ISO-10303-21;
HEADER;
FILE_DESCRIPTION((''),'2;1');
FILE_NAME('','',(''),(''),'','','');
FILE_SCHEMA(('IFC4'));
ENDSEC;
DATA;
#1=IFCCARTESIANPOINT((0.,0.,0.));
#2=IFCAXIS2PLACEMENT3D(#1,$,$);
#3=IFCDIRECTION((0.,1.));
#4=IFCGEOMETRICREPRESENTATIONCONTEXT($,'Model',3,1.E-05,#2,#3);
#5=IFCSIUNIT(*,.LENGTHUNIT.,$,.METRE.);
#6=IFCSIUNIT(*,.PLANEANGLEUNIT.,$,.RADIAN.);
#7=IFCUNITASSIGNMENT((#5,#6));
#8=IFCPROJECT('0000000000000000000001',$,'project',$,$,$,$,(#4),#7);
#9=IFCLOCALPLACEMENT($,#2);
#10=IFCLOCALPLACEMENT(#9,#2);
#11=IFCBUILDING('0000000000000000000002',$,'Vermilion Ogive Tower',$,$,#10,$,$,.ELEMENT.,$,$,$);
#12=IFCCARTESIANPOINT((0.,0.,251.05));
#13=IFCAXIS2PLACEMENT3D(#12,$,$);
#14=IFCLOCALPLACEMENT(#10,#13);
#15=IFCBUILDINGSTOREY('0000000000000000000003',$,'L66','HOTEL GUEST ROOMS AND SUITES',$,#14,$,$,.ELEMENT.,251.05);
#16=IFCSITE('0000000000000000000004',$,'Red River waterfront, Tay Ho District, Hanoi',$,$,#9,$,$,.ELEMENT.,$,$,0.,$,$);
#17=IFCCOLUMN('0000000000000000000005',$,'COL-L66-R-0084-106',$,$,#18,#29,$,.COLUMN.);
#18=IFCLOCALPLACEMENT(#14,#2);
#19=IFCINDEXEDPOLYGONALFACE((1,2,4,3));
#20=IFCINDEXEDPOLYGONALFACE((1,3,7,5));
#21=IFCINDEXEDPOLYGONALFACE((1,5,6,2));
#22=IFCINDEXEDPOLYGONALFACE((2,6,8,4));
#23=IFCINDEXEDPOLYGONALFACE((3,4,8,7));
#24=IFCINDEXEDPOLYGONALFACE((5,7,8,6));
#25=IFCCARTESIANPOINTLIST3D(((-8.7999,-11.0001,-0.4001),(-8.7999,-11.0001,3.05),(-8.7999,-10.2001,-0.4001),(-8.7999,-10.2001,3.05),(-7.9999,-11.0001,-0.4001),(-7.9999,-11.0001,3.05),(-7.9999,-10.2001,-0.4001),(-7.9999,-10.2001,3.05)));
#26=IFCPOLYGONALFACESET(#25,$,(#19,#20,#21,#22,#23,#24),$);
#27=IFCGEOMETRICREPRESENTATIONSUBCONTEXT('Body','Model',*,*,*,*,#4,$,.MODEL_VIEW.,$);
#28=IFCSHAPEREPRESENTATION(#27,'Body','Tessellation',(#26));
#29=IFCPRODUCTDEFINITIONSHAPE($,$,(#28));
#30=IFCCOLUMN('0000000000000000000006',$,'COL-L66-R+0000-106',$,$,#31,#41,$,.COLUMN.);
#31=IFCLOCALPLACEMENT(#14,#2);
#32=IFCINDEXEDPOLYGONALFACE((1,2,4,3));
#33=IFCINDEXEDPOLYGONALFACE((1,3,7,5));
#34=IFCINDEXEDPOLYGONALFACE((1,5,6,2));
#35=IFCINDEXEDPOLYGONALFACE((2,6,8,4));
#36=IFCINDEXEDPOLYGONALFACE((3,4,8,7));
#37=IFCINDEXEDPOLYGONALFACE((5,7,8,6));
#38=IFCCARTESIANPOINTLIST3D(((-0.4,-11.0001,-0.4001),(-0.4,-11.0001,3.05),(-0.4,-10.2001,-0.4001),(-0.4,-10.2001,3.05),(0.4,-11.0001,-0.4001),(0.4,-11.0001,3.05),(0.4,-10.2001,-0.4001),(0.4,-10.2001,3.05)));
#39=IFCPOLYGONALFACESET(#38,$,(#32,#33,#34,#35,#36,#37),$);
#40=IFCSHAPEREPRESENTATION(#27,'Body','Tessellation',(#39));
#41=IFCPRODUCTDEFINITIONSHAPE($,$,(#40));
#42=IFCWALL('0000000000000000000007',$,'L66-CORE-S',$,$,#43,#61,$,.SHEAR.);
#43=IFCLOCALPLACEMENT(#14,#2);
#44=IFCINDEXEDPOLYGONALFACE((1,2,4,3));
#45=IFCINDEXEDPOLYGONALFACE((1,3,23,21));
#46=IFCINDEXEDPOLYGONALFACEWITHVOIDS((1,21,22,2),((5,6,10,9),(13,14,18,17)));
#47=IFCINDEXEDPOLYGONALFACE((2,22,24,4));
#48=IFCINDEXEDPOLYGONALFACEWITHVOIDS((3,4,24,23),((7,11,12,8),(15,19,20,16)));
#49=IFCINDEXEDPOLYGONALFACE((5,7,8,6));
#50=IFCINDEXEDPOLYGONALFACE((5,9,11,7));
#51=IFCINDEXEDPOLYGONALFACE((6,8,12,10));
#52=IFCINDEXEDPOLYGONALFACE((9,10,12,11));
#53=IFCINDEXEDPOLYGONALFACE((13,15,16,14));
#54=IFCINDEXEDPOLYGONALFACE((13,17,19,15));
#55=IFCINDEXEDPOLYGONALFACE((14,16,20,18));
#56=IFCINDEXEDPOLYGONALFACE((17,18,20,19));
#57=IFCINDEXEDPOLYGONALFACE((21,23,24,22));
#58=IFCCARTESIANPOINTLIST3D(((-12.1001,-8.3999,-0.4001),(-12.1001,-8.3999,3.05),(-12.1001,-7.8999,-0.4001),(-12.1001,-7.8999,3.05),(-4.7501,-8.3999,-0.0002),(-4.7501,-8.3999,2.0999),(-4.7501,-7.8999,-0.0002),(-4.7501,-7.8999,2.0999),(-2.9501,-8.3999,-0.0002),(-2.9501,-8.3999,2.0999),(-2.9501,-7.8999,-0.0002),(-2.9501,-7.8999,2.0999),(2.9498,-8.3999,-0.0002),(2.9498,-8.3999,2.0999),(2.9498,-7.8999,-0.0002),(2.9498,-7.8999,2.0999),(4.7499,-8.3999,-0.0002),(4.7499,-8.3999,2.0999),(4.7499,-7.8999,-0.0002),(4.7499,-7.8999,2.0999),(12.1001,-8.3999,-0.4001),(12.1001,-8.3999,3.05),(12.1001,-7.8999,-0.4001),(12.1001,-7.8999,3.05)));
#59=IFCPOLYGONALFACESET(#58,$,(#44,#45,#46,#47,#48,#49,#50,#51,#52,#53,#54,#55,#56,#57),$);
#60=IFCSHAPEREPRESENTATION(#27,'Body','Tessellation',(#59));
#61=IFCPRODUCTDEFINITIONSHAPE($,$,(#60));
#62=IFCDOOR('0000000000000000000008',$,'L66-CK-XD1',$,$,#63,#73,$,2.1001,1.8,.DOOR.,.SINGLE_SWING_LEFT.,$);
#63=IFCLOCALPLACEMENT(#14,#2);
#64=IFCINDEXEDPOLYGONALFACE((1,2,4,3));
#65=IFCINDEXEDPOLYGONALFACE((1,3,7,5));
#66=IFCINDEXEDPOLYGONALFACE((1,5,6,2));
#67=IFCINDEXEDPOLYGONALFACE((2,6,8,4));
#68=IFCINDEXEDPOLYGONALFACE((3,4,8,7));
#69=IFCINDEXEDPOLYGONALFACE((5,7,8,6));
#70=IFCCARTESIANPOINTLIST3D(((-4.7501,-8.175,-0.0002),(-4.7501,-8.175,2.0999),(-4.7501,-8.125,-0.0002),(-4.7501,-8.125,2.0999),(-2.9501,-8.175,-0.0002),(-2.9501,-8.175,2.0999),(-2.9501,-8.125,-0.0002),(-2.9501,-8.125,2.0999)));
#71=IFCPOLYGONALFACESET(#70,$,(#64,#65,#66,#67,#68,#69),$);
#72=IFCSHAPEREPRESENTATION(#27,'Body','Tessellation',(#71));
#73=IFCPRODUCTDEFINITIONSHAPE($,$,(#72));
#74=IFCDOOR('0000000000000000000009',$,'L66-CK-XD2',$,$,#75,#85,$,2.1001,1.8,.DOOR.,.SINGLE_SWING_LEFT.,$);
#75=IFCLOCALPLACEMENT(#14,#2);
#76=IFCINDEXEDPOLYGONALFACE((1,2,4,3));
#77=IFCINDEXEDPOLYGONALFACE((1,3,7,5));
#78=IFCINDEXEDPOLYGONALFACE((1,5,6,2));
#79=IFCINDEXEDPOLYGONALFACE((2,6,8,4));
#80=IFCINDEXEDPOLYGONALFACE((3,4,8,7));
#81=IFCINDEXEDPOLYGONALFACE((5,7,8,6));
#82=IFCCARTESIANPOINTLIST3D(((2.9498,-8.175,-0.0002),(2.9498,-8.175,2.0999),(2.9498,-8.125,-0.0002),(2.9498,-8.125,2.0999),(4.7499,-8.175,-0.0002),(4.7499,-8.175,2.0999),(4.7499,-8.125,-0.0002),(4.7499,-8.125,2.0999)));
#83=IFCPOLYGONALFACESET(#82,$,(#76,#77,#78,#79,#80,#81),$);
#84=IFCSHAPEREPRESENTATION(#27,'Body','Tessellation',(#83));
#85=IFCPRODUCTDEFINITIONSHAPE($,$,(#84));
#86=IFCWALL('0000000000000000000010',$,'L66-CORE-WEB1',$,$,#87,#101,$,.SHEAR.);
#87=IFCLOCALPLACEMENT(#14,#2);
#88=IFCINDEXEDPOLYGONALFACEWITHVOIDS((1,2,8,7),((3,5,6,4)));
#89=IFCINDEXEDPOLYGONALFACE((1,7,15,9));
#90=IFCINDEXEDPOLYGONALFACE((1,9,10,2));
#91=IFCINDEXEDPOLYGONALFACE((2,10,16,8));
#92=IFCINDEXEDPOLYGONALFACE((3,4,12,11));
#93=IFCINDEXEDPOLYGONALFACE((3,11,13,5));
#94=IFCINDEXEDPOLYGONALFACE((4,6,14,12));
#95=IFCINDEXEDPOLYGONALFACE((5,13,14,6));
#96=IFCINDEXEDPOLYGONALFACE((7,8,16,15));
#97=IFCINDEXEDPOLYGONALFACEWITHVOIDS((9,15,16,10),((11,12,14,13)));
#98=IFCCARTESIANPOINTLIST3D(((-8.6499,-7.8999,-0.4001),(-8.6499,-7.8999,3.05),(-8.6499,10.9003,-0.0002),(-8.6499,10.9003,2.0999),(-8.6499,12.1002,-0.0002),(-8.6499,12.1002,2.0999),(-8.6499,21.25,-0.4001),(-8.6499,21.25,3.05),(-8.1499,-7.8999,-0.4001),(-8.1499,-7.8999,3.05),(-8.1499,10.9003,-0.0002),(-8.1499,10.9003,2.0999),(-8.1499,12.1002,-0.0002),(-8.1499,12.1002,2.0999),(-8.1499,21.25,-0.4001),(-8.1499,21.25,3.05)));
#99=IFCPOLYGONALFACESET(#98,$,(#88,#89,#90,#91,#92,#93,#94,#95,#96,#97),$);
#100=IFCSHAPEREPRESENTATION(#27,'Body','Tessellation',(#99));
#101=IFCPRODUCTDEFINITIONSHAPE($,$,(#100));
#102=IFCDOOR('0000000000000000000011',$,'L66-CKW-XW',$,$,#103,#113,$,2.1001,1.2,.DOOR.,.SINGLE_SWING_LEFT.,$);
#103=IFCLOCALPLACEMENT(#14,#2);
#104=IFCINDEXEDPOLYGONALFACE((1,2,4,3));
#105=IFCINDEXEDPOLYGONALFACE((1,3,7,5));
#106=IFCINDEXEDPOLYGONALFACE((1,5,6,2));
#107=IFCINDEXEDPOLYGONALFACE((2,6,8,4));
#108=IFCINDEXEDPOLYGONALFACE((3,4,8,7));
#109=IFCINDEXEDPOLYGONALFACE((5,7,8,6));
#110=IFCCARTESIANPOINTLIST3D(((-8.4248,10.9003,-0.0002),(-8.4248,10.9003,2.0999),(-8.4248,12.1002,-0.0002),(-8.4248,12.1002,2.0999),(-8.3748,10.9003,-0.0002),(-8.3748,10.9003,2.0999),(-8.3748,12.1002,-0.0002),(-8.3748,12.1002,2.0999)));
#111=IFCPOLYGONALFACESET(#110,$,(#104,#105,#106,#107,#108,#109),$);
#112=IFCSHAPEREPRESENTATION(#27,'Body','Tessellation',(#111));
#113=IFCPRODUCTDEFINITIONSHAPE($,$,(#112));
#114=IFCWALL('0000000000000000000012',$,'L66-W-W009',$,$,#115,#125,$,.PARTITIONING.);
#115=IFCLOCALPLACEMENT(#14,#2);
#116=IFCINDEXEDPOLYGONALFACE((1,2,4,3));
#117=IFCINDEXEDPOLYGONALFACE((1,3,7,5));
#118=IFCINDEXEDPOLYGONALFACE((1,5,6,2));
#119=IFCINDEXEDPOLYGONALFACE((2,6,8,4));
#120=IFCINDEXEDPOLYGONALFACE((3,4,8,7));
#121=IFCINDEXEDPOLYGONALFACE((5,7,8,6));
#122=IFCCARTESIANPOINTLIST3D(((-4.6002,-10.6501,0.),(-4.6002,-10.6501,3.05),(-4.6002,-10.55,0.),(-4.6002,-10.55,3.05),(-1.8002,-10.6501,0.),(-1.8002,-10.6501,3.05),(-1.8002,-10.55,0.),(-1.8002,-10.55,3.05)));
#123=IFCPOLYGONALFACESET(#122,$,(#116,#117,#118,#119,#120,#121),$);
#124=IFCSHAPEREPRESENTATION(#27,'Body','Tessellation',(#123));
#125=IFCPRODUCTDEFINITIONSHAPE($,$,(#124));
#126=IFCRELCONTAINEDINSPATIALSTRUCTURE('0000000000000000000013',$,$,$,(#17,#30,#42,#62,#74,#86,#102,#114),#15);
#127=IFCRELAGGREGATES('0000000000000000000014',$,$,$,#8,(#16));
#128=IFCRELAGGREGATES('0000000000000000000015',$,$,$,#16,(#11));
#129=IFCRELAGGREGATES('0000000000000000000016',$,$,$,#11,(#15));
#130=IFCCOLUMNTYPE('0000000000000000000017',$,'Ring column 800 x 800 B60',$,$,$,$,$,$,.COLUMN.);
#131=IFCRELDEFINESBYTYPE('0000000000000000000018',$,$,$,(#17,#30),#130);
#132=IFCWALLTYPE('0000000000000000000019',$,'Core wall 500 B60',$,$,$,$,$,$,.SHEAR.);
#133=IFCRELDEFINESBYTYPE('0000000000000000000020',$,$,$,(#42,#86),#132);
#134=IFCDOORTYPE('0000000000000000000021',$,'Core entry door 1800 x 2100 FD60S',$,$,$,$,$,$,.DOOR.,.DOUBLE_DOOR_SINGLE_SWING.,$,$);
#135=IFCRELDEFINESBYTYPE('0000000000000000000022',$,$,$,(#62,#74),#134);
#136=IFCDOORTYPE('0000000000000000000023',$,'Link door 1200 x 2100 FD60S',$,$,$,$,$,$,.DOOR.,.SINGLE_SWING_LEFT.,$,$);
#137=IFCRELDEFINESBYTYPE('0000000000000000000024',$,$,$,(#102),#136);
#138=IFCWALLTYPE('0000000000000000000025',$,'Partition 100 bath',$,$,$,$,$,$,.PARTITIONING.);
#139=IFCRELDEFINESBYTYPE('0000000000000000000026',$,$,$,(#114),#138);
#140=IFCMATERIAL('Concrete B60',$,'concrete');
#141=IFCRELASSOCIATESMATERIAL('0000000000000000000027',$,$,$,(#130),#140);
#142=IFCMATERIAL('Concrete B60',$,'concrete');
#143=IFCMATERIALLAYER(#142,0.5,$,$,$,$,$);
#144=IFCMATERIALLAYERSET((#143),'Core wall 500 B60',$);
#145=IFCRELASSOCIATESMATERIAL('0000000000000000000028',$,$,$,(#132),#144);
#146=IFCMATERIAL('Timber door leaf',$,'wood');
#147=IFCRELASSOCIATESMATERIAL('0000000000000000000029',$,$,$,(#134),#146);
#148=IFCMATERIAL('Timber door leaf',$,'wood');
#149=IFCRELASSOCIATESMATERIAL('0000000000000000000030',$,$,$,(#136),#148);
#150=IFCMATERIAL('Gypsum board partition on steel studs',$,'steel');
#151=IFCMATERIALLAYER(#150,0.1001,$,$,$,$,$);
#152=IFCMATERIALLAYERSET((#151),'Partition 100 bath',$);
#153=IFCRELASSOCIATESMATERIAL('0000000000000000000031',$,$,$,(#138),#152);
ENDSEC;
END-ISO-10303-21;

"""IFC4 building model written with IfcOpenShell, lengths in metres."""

from ifc_helpers import new_model, si_unit, direction, frame, frame_2d, origin, origin_2d, place, context, subcontext, project, spatial, rectangle, extrude, material, layer, layer_set, material_profile, profile_set, type_object, element, fill, save


model = new_model("IFC4")

# Units and contexts
model_context = context("Model", 3, precision=1e-05, world=origin(), true_north=direction((0.0, 1.0)))
body_context = subcontext(model_context, "Body", "Model", "MODEL_VIEW")
ifc_project = project(units=[si_unit("LENGTHUNIT", "METRE"), si_unit("PLANEANGLEUNIT", "RADIAN")], contexts=[model_context])

# Site, building, storey
site_placement = place(None, origin())
site = spatial("IfcSite", under=ifc_project, at=site_placement, Name="Red River waterfront, Tay Ho District, Hanoi", CompositionType="ELEMENT", RefElevation=0.0)
building_placement = place(site_placement, origin())
building = spatial("IfcBuilding", under=site, at=building_placement, Name="Vermilion Ogive Tower", CompositionType="ELEMENT")
storey_placement = place(building_placement, frame((0.0, 0.0, 251.05)))
storey = spatial("IfcBuildingStorey", under=building, at=storey_placement, Name="L66", Description="HOTEL GUEST ROOMS AND SUITES", CompositionType="ELEMENT", Elevation=251.05)

# Columns
ifc_material_1 = material(Name="Concrete B60", Category="concrete")
ifc_material_profile = material_profile(ifc_material_1, rectangle(XDim=0.8, YDim=0.8, at=origin_2d()), Name="800 x 800")
ifc_profile_set = profile_set([ifc_material_profile], Name="Concrete B60")
column_type = type_object("IfcColumnType", Name="Ring column 800 x 800 B60", PredefinedType="COLUMN", material=ifc_profile_set)
for number, where, z_axis, x_axis, name in (
    (1, (-8.3999, -10.6001, -0.4001), (0.0, 0.0, 1.0), (1.0, 0.0, 0.0), "COL-L66-R-0084-106"),
    (2, (0.0, -10.6001, -0.4001), (0.0, 0.0, 1.0), (1.0, 0.0, 0.0), "COL-L66-R+0000-106"),
):
    element("IfcColumn", number, at=place(storey_placement, frame(where, z_axis=z_axis, x_axis=x_axis)), inside=storey, type_object=column_type, Name=name, PredefinedType="COLUMN", context=body_context, shape_type="SweptSolid", body=[
        extrude(rectangle(XDim=0.8, YDim=0.8, at=origin_2d()), origin(), (0.0, 0.0, 1.0), 3.4502),
    ])

# Wall, openings, doors
ifc_material_2 = material(Name="Concrete B60", Category="concrete")
ifc_layer_1 = layer(ifc_material_2, 0.5)
ifc_layer_set_1 = layer_set([ifc_layer_1], Name="Core wall 500 B60")
wall_type_1 = type_object("IfcWallType", Name="Core wall 500 B60", PredefinedType="SHEAR", material=ifc_layer_set_1)
wall_1_placement = place(storey_placement, frame((-12.1001, -8.1499, -0.4001), z_axis=(0.0, 0.0, 1.0), x_axis=(1.0, 0.0, 0.0)))
wall_1 = element("IfcWall", 3, at=wall_1_placement, inside=storey, type_object=wall_type_1, Name="L66-CORE-S", PredefinedType="SHEAR", context=body_context, shape_type="SweptSolid", body=[
    extrude(rectangle(XDim=24.2002, YDim=0.5, at=frame_2d((12.1001, 0.0))), origin(), (0.0, 0.0, 1.0), 3.4502),
])
opening_1_placement = place(wall_1_placement, frame((7.3501, 0.0, 0.3999)))
opening_1 = element("IfcOpeningElement", 4, at=opening_1_placement, cuts=wall_1, PredefinedType="OPENING", context=body_context, shape_type="SweptSolid", body=[
    extrude(rectangle(XDim=1.8, YDim=2.1001, at=frame_2d((0.8999, 1.05))), frame((0.0, 0.26, 0.0), z_axis=(0.0, -1.0, 0.0), x_axis=(1.0, 0.0, 0.0)), (0.0, 0.0, 1.0), 0.52),
])
opening_2_placement = place(wall_1_placement, frame((15.05, 0.0, 0.3999)))
opening_2 = element("IfcOpeningElement", 5, at=opening_2_placement, cuts=wall_1, PredefinedType="OPENING", context=body_context, shape_type="SweptSolid", body=[
    extrude(rectangle(XDim=1.8, YDim=2.1001, at=frame_2d((0.8999, 1.05))), frame((0.0, 0.26, 0.0), z_axis=(0.0, -1.0, 0.0), x_axis=(1.0, 0.0, 0.0)), (0.0, 0.0, 1.0), 0.52),
])
ifc_material_3 = material(Name="Timber door leaf", Category="wood")
door_type_1 = type_object("IfcDoorType", Name="Core entry door 1800 x 2100 FD60S", OperationType="DOUBLE_DOOR_SINGLE_SWING", PredefinedType="DOOR", material=ifc_material_3)
door_1_placement = place(opening_1_placement, origin())
door_1 = element("IfcDoor", 6, at=door_1_placement, inside=storey, type_object=door_type_1, Name="L66-CK-XD1", OperationType="SINGLE_SWING_LEFT", OverallHeight=2.1001, OverallWidth=1.8, PredefinedType="DOOR", context=body_context, shape_type="SweptSolid", body=[
    extrude(rectangle(XDim=1.8, YDim=2.1001, at=frame_2d((0.8999, 1.05))), frame((0.0, 0.0249, 0.0), z_axis=(0.0, -1.0, 0.0), x_axis=(1.0, 0.0, 0.0)), (0.0, 0.0, 1.0), 0.05),
])
fill(opening_1, door_1)
door_2_placement = place(opening_2_placement, origin())
door_2 = element("IfcDoor", 7, at=door_2_placement, inside=storey, type_object=door_type_1, Name="L66-CK-XD2", OperationType="SINGLE_SWING_LEFT", OverallHeight=2.1001, OverallWidth=1.8, PredefinedType="DOOR", context=body_context, shape_type="SweptSolid", body=[
    extrude(rectangle(XDim=1.8, YDim=2.1001, at=frame_2d((0.8999, 1.05))), frame((0.0, 0.0249, 0.0), z_axis=(0.0, -1.0, 0.0), x_axis=(1.0, 0.0, 0.0)), (0.0, 0.0, 1.0), 0.05),
])
fill(opening_2, door_2)

# Wall, opening, door
wall_2_placement = place(storey_placement, frame((-8.3999, -7.8999, -0.4001), z_axis=(0.0, 0.0, 1.0), x_axis=(0.0, 1.0, 0.0)))
wall_2 = element("IfcWall", 8, at=wall_2_placement, inside=storey, type_object=wall_type_1, Name="L66-CORE-WEB1", PredefinedType="SHEAR", context=body_context, shape_type="SweptSolid", body=[
    extrude(rectangle(XDim=29.1499, YDim=0.5, at=frame_2d((14.575, 0.0))), origin(), (0.0, 0.0, 1.0), 3.4502),
])
opening_3_placement = place(wall_2_placement, frame((18.8, 0.0, 0.3999)))
opening_3 = element("IfcOpeningElement", 9, at=opening_3_placement, cuts=wall_2, PredefinedType="OPENING", context=body_context, shape_type="SweptSolid", body=[
    extrude(rectangle(XDim=1.2, YDim=2.1001, at=frame_2d((0.6001, 1.05))), frame((0.0, 0.26, 0.0), z_axis=(0.0, -1.0, 0.0), x_axis=(1.0, 0.0, 0.0)), (0.0, 0.0, 1.0), 0.52),
])
ifc_material_4 = material(Name="Timber door leaf", Category="wood")
door_type_2 = type_object("IfcDoorType", Name="Link door 1200 x 2100 FD60S", OperationType="SINGLE_SWING_LEFT", PredefinedType="DOOR", material=ifc_material_4)
door_3_placement = place(opening_3_placement, origin())
door_3 = element("IfcDoor", 10, at=door_3_placement, inside=storey, type_object=door_type_2, Name="L66-CKW-XW", OperationType="SINGLE_SWING_LEFT", OverallHeight=2.1001, OverallWidth=1.2, PredefinedType="DOOR", context=body_context, shape_type="SweptSolid", body=[
    extrude(rectangle(XDim=1.2, YDim=2.1001, at=frame_2d((0.6001, 1.05))), frame((0.0, 0.0249, 0.0), z_axis=(0.0, -1.0, 0.0), x_axis=(1.0, 0.0, 0.0)), (0.0, 0.0, 1.0), 0.05),
])
fill(opening_3, door_3)

# Wall
ifc_material_5 = material(Name="Gypsum board partition on steel studs", Category="steel")
ifc_layer_2 = layer(ifc_material_5, 0.1001)
ifc_layer_set_2 = layer_set([ifc_layer_2], Name="Partition 100 bath")
wall_type_2 = type_object("IfcWallType", Name="Partition 100 bath", PredefinedType="PARTITIONING", material=ifc_layer_set_2)
wall_3_placement = place(storey_placement, frame((-4.6001, -10.6001, 0.0), z_axis=(0.0, 0.0, 1.0), x_axis=(1.0, 0.0, 0.0)))
element("IfcWall", 11, at=wall_3_placement, inside=storey, type_object=wall_type_2, Name="L66-W-W009", PredefinedType="PARTITIONING", context=body_context, shape_type="SweptSolid", body=[
    extrude(rectangle(XDim=2.8, YDim=0.1001, at=frame_2d((1.3999, 0.0))), origin(), (0.0, 0.0, 1.0), 3.05),
])

save(model, "model.ifc")
